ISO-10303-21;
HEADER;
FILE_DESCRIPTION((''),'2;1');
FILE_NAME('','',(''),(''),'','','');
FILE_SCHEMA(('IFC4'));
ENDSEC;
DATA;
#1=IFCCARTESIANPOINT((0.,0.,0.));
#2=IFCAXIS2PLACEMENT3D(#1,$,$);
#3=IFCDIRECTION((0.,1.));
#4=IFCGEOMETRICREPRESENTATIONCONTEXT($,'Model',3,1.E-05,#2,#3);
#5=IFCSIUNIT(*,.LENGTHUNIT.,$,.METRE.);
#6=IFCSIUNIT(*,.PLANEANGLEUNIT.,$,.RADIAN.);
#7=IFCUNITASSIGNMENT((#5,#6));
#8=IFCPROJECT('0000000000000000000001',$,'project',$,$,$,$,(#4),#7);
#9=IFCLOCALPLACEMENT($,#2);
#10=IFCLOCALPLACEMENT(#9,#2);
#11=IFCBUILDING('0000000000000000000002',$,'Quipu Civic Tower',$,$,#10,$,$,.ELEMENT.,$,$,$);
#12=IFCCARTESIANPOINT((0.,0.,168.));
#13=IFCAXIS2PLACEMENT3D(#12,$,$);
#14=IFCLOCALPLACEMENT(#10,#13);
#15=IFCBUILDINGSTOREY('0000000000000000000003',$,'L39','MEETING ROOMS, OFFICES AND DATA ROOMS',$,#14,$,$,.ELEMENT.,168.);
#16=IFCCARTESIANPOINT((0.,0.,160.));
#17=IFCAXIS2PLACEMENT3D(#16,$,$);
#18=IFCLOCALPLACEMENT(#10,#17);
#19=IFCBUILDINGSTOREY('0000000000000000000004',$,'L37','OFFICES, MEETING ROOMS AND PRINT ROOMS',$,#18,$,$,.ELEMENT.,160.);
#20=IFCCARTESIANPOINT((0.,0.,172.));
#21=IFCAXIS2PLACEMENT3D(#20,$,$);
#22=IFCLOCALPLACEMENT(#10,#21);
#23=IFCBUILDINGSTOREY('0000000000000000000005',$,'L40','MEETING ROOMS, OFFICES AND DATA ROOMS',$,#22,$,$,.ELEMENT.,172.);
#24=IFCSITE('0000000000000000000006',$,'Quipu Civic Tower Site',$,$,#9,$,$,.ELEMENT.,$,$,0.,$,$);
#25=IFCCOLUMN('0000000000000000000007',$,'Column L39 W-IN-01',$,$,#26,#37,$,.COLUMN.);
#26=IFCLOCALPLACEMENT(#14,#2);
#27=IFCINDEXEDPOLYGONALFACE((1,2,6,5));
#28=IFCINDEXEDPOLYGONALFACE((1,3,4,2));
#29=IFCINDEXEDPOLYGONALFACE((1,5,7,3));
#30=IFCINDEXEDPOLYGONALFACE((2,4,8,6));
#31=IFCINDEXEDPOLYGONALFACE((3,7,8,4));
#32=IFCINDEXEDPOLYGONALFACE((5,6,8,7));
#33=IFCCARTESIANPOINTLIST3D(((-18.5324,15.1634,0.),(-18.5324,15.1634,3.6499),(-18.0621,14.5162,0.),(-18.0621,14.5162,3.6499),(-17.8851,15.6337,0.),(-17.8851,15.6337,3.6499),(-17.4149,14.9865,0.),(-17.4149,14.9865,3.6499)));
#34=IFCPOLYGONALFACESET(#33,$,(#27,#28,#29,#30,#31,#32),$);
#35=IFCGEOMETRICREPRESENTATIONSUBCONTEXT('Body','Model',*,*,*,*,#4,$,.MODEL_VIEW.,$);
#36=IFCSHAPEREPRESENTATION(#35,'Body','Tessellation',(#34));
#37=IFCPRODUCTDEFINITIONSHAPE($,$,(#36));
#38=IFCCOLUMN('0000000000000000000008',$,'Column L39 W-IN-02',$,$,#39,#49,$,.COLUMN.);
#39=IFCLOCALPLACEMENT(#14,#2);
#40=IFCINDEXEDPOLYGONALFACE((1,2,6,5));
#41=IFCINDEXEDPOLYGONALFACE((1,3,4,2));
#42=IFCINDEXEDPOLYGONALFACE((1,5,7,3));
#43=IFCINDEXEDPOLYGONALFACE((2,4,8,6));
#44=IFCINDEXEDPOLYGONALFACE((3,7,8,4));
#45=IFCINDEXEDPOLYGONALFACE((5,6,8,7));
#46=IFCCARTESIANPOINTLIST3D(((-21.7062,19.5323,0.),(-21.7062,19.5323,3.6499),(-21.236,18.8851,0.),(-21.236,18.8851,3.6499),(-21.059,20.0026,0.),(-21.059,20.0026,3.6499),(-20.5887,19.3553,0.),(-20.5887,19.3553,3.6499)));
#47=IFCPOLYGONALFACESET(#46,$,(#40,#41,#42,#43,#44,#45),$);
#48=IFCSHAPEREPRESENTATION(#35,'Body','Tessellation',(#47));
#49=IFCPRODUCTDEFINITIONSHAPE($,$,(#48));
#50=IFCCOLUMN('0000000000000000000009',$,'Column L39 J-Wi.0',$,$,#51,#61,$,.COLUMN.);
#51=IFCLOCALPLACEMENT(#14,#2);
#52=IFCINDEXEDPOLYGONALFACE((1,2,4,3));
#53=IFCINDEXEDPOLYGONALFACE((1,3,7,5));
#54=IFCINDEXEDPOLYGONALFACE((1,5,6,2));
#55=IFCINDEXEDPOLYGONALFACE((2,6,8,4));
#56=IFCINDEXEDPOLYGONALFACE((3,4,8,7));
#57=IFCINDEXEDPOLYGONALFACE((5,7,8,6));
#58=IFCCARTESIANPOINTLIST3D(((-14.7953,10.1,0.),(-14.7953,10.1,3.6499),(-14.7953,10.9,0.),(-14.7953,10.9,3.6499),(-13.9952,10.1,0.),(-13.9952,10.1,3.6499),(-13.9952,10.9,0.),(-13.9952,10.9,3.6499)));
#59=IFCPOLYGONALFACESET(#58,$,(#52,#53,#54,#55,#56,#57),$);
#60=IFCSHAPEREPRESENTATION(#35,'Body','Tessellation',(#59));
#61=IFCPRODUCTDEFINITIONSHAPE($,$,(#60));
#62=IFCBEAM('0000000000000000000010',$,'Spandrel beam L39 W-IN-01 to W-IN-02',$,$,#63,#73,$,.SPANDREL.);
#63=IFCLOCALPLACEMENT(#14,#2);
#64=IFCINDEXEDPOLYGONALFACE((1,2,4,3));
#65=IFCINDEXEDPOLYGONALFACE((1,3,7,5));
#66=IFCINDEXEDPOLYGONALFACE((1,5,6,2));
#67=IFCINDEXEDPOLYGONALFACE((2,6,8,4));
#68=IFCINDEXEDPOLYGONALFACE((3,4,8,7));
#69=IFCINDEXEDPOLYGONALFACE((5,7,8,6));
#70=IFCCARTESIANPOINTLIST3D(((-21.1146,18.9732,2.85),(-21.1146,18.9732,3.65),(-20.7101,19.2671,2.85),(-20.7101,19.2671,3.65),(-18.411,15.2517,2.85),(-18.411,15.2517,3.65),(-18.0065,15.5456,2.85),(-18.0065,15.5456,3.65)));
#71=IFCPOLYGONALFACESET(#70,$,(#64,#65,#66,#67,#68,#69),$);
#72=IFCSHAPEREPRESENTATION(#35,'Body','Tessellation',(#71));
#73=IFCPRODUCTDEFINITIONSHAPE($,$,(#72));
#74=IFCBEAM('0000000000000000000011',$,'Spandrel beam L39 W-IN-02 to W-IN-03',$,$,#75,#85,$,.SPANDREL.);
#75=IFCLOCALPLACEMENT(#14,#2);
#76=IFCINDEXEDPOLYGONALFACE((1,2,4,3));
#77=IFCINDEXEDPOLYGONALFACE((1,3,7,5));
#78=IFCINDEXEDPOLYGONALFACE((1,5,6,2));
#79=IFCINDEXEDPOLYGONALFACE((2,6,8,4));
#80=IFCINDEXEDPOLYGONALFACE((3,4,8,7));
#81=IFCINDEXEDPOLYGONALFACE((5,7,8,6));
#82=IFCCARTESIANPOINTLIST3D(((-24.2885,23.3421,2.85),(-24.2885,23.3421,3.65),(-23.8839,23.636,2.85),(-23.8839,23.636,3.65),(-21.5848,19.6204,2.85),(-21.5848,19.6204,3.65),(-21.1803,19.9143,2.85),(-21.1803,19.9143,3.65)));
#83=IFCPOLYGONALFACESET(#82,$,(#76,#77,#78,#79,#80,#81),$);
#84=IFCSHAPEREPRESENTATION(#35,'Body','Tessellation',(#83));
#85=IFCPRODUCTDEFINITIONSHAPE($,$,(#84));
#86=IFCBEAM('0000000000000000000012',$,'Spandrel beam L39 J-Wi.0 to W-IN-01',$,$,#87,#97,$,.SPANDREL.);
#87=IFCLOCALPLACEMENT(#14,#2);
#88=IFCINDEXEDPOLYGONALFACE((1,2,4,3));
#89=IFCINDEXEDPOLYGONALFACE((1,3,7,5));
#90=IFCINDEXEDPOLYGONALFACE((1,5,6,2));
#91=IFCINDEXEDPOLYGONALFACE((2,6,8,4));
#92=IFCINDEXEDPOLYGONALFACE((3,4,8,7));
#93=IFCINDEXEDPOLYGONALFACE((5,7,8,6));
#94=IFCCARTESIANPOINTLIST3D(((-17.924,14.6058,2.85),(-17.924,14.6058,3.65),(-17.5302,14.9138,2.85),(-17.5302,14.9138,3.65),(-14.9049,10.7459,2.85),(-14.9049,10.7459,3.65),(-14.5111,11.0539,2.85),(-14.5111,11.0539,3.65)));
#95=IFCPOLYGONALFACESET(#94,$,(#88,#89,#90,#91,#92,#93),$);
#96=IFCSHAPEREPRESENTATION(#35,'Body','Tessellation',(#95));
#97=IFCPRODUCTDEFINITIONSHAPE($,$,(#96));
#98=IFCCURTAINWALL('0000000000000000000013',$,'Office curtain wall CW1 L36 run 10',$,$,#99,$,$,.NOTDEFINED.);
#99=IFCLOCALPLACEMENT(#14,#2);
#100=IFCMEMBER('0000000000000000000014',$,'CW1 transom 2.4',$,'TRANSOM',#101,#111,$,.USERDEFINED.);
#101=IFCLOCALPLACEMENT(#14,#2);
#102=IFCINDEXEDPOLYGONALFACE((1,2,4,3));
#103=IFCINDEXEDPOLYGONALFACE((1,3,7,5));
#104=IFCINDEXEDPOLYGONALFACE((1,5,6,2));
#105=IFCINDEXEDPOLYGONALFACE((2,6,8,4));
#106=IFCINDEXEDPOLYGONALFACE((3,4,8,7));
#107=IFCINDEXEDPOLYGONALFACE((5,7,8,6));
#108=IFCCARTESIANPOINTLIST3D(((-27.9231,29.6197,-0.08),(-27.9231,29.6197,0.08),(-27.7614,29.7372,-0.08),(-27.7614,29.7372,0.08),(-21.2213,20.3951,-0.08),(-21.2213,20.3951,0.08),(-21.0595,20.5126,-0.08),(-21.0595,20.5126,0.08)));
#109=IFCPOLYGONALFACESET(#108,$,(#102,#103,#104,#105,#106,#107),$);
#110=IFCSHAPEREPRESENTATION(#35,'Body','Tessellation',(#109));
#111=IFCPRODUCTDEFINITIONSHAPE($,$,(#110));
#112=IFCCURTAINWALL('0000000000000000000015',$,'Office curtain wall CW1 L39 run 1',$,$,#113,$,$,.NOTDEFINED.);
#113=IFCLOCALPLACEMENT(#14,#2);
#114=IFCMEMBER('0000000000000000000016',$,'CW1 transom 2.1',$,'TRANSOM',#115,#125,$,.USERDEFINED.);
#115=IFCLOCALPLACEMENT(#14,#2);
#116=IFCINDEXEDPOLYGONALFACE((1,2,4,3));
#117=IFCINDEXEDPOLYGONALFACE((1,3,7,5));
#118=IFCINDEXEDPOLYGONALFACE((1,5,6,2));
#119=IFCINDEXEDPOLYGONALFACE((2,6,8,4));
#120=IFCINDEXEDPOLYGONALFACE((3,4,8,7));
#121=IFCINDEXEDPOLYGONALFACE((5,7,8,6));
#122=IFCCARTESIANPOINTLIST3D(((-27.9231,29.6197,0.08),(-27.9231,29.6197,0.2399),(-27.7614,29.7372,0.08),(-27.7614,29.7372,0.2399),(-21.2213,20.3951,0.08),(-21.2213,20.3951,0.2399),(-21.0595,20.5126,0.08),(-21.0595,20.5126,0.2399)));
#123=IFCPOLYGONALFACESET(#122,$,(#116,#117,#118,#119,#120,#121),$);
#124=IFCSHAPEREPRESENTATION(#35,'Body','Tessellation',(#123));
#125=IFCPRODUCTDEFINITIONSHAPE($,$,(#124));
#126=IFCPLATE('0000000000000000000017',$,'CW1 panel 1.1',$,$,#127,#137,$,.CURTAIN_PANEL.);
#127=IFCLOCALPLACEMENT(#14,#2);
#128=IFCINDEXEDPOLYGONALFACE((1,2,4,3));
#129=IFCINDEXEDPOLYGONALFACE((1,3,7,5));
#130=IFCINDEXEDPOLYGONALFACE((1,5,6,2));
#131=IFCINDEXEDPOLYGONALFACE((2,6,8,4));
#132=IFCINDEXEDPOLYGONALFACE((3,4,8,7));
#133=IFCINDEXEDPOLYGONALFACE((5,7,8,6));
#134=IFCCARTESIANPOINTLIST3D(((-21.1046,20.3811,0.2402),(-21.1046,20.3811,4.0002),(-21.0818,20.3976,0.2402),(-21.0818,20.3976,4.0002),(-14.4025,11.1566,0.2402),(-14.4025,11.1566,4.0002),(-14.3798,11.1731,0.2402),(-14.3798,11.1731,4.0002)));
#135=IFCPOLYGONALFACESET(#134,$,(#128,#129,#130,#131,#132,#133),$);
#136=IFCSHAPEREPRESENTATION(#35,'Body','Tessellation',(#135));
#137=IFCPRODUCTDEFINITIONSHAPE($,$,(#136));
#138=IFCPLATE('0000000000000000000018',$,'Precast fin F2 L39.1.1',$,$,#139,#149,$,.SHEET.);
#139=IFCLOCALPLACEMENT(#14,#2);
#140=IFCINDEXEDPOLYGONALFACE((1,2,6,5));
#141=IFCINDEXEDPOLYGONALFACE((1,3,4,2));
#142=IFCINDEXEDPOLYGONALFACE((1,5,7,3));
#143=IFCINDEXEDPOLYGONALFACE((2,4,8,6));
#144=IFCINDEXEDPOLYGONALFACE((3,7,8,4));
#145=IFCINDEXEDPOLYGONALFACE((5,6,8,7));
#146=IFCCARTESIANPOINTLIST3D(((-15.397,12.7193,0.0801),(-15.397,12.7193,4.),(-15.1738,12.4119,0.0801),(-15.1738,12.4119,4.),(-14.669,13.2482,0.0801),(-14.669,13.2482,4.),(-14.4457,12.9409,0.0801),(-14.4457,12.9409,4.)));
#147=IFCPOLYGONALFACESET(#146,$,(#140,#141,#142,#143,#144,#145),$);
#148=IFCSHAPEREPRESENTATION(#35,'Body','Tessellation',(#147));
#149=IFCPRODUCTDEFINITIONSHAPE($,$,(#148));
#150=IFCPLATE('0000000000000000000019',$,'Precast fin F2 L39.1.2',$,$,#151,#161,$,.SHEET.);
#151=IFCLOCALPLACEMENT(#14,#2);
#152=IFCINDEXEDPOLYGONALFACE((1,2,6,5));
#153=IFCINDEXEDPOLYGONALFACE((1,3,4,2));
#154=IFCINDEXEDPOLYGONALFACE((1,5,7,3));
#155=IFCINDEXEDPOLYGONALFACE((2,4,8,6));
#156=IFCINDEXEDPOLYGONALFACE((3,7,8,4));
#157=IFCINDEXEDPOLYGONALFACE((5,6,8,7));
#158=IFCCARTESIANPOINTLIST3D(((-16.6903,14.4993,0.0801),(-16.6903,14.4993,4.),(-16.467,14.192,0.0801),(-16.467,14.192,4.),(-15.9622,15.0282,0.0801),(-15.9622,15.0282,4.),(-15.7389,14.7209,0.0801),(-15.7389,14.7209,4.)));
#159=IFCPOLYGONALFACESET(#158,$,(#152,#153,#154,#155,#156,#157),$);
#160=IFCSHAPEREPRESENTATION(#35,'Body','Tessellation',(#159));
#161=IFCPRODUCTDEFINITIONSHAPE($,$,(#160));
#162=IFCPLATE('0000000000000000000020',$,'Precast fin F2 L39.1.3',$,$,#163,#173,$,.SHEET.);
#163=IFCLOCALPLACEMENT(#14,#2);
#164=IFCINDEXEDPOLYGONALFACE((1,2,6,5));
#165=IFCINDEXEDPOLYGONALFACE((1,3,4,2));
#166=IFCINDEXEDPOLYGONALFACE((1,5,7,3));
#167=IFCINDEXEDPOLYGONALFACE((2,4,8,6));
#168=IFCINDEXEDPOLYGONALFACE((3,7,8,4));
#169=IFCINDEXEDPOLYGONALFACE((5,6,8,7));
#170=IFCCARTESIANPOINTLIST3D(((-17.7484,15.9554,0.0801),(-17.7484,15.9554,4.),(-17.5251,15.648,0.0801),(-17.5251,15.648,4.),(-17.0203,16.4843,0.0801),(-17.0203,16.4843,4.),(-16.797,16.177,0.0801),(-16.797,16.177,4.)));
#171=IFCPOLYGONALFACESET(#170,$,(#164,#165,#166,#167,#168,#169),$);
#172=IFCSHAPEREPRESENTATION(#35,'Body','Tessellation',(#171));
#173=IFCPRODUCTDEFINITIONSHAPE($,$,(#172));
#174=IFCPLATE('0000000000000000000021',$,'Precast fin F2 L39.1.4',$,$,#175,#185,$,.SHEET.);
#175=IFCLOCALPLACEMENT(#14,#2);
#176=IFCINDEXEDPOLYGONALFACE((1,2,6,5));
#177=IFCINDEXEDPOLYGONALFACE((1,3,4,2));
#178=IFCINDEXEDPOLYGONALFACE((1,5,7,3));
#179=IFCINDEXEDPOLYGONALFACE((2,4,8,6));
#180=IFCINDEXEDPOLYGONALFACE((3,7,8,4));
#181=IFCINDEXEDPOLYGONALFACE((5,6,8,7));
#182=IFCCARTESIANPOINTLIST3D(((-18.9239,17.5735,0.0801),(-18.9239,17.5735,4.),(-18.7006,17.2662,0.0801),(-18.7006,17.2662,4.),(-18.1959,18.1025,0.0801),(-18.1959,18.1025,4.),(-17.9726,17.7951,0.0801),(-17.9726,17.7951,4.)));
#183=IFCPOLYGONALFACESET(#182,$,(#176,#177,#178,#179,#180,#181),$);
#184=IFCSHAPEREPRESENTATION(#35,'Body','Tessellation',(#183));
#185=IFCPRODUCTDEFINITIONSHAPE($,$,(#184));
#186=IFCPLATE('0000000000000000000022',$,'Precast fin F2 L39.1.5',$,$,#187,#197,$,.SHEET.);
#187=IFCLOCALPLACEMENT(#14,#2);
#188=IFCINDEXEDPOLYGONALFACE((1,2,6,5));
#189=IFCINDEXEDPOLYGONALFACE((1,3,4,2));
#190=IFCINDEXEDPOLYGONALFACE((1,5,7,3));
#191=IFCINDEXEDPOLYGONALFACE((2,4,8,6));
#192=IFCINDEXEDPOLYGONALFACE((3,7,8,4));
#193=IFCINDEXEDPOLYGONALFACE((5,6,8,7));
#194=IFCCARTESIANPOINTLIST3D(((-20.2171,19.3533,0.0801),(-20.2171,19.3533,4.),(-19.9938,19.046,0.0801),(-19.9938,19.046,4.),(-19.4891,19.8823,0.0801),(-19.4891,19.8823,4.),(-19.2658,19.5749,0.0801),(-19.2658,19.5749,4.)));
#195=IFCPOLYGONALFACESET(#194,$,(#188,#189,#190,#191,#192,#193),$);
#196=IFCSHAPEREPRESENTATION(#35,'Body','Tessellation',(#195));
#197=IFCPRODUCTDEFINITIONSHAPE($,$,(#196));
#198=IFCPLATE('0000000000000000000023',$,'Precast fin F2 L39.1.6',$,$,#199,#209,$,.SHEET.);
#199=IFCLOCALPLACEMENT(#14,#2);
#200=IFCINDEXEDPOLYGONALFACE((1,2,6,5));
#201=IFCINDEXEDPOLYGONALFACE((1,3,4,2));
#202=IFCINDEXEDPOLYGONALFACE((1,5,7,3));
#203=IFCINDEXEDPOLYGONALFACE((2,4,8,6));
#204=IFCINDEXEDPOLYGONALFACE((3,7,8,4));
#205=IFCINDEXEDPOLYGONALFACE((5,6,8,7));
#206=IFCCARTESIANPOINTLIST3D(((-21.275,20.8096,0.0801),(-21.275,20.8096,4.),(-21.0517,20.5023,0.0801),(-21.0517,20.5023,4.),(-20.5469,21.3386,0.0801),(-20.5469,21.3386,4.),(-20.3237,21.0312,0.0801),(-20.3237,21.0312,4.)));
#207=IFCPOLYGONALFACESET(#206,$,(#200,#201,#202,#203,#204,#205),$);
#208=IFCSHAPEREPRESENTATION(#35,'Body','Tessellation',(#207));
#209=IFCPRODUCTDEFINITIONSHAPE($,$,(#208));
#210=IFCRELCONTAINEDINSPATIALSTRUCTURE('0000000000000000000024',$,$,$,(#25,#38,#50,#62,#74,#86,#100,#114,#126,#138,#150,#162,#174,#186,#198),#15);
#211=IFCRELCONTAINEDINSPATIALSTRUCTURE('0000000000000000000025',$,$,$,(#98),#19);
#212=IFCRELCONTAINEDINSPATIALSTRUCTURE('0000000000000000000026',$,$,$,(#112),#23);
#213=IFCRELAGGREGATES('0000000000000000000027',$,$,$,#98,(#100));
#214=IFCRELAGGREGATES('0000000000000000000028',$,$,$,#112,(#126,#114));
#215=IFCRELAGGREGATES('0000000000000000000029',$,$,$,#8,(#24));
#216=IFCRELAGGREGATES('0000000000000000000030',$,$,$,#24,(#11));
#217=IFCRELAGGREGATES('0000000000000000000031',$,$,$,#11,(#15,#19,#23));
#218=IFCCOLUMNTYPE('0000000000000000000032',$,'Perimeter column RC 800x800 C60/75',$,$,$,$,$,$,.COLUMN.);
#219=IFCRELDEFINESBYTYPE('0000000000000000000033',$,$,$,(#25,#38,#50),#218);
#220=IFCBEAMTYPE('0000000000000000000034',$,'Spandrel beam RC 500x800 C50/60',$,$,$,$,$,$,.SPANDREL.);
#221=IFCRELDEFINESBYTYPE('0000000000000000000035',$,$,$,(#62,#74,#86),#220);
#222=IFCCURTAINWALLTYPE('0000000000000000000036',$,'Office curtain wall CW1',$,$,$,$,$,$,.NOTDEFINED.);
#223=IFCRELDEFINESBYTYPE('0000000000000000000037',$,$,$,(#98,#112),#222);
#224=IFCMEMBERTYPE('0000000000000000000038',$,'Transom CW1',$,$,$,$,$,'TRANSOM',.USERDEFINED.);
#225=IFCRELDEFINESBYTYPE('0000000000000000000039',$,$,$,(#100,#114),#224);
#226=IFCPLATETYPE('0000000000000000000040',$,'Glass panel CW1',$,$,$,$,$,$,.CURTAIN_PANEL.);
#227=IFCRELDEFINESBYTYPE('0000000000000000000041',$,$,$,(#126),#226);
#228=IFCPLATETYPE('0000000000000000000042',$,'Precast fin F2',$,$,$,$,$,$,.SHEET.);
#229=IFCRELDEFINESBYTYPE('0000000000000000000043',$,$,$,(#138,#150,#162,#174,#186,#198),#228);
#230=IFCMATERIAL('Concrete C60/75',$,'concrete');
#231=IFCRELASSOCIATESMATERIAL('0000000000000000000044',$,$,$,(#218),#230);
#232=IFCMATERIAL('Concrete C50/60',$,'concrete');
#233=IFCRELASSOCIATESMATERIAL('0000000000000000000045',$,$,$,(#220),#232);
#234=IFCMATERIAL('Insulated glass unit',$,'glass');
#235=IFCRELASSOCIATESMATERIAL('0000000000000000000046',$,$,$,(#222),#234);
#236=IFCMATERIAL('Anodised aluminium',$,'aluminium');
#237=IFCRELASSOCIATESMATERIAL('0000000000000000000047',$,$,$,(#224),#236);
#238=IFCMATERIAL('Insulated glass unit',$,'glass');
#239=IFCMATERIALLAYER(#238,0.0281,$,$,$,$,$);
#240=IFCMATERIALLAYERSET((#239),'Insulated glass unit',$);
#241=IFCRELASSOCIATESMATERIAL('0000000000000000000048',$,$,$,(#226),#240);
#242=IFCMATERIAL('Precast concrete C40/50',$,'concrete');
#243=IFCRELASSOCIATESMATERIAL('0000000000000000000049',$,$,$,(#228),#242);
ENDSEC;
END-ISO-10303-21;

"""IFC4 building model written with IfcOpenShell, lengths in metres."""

from ifc_helpers import new_model, si_unit, direction, frame, origin, origin_2d, place, context, subcontext, project, spatial, rectangle, extrude, material, layer, layer_set, material_profile, profile_set, type_object, element, aggregate, save


model = new_model("IFC4")

# Units and contexts
model_context = context("Model", 3, precision=1e-05, world=origin(), true_north=direction((0.0, 1.0)))
body_context = subcontext(model_context, "Body", "Model", "MODEL_VIEW")
ifc_project = project(units=[si_unit("LENGTHUNIT", "METRE"), si_unit("PLANEANGLEUNIT", "RADIAN")], contexts=[model_context])

# Site, building, storey
site_placement = place(None, origin())
site = spatial("IfcSite", under=ifc_project, at=site_placement, Name="Quipu Civic Tower Site", CompositionType="ELEMENT", RefElevation=0.0)
building_placement = place(site_placement, origin())
building = spatial("IfcBuilding", under=site, at=building_placement, Name="Quipu Civic Tower", CompositionType="ELEMENT")
storey_1_placement = place(building_placement, frame((0.0, 0.0, 168.0)))
storey_1 = spatial("IfcBuildingStorey", under=building, at=storey_1_placement, Name="L39", Description="MEETING ROOMS, OFFICES AND DATA ROOMS", CompositionType="ELEMENT", Elevation=168.0)

# Columns
ifc_material_1 = material(Name="Concrete C60/75", Category="concrete")
ifc_material_profile_1 = material_profile(ifc_material_1, rectangle(XDim=0.8, YDim=0.8, at=origin_2d()), Name="RC800x800")
ifc_profile_set_1 = profile_set([ifc_material_profile_1], Name="Concrete C60/75")
column_type = type_object("IfcColumnType", Name="Perimeter column RC 800x800 C60/75", PredefinedType="COLUMN", material=ifc_profile_set_1)
for number, where, z_axis, x_axis, name in (
    (1, (-17.9736, 15.075, 0.0), (0.0, 0.0, 1.0), (-0.587785, 0.809017, 0.0), "Column L39 W-IN-01"),
    (2, (-21.1475, 19.4438, 0.0), (0.0, 0.0, 1.0), (-0.587785, 0.809017, 0.0), "Column L39 W-IN-02"),
    (3, (-14.3953, 10.5, 0.0), (0.0, 0.0, 1.0), (-1.0, 0.0, 0.0), "Column L39 J-Wi.0"),
):
    element("IfcColumn", number, at=place(storey_1_placement, frame(where, z_axis=z_axis, x_axis=x_axis)), inside=storey_1, type_object=column_type, Name=name, PredefinedType="COLUMN", context=body_context, shape_type="SweptSolid", body=[
        extrude(rectangle(XDim=0.8, YDim=0.8, at=origin_2d()), origin(), (0.0, 0.0, 1.0), 3.6499),
    ])

# Beams
ifc_material_2 = material(Name="Concrete C50/60", Category="concrete")
ifc_material_profile_2 = material_profile(ifc_material_2, rectangle(XDim=0.5, YDim=0.8, at=origin_2d()), Name="RC500x800")
ifc_profile_set_2 = profile_set([ifc_material_profile_2], Name="Concrete C50/60")
beam_type = type_object("IfcBeamType", Name="Spandrel beam RC 500x800 C50/60", PredefinedType="SPANDREL", material=ifc_profile_set_2)
beam_1_placement = place(storey_1_placement, frame((-18.2087, 15.3987, 3.25), z_axis=(-0.587761, 0.809034, 0.0), x_axis=(-0.809034, -0.587761, 0.0)))
element("IfcBeam", 4, at=beam_1_placement, inside=storey_1, type_object=beam_type, Name="Spandrel beam L39 W-IN-01 to W-IN-02", PredefinedType="SPANDREL", context=body_context, shape_type="SweptSolid", body=[
    extrude(rectangle(XDim=0.5, YDim=0.8, at=origin_2d()), origin(), (0.0, 0.0, 1.0), 4.5999),
])
beam_2_placement = place(storey_1_placement, frame((-21.3826, 19.7673, 3.25), z_axis=(-0.587736, 0.809053, 0.0), x_axis=(-0.809053, -0.587736, 0.0)))
element("IfcBeam", 5, at=beam_2_placement, inside=storey_1, type_object=beam_type, Name="Spandrel beam L39 W-IN-02 to W-IN-03", PredefinedType="SPANDREL", context=body_context, shape_type="SweptSolid", body=[
    extrude(rectangle(XDim=0.5, YDim=0.8, at=origin_2d()), origin(), (0.0, 0.0, 1.0), 4.6001),
])
beam_3_placement = place(storey_1_placement, frame((-14.708, 10.8999, 3.25), z_axis=(-0.616091, 0.787675, 0.0), x_axis=(-0.787675, -0.616091, 0.0)))
element("IfcBeam", 6, at=beam_3_placement, inside=storey_1, type_object=beam_type, Name="Spandrel beam L39 J-Wi.0 to W-IN-01", PredefinedType="SPANDREL", context=body_context, shape_type="SweptSolid", body=[
    extrude(rectangle(XDim=0.5, YDim=0.8, at=origin_2d()), origin(), (0.0, 0.0, 1.0), 4.9004),
])

# Shared definitions
storey_2_placement = place(building_placement, frame((0.0, 0.0, 160.0)))
storey_2 = spatial("IfcBuildingStorey", under=building, at=storey_2_placement, Name="L37", Description="OFFICES, MEETING ROOMS AND PRINT ROOMS", CompositionType="ELEMENT", Elevation=160.0)

# Curtain wall, member
ifc_material_3 = material(Name="Insulated glass unit", Category="glass")
curtain_wall_type = type_object("IfcCurtainWallType", Name="Office curtain wall CW1", PredefinedType="NOTDEFINED", material=ifc_material_3)
curtain_wall_1_placement = place(storey_2_placement, origin())
curtain_wall_1 = element("IfcCurtainWall", 7, at=curtain_wall_1_placement, inside=storey_2, type_object=curtain_wall_type, Name="Office curtain wall CW1 L36 run 10", PredefinedType="NOTDEFINED")
ifc_material_4 = material(Name="Anodised aluminium", Category="aluminium")
ifc_material_profile_3 = material_profile(ifc_material_4, rectangle(XDim=0.2, YDim=0.1599, at=origin_2d()), Name="RECT 200x160")
ifc_profile_set_3 = profile_set([ifc_material_profile_3], Name="Anodised aluminium")
member_type = type_object("IfcMemberType", Name="Transom CW1", ElementType="TRANSOM", PredefinedType="USERDEFINED", material=ifc_profile_set_3)
member_1_placement = place(storey_1_placement, frame((-21.1404, 20.4539, 0.0), z_axis=(-0.587776, 0.809024, 0.0), x_axis=(-0.809024, -0.587776, 0.0)))
member_1 = element("IfcMember", 8, at=member_1_placement, inside=storey_1, type_object=member_type, Name="CW1 transom 2.4", ObjectType="TRANSOM", PredefinedType="USERDEFINED", context=body_context, shape_type="SweptSolid", body=[
    extrude(rectangle(XDim=0.2, YDim=0.1599, at=origin_2d()), origin(), (0.0, 0.0, 1.0), 11.4021),
])
aggregate(curtain_wall_1, [member_1])

# Shared definitions
storey_3_placement = place(building_placement, frame((0.0, 0.0, 172.0)))
storey_3 = spatial("IfcBuildingStorey", under=building, at=storey_3_placement, Name="L40", Description="MEETING ROOMS, OFFICES AND DATA ROOMS", CompositionType="ELEMENT", Elevation=172.0)

# Curtain wall, member, plate
curtain_wall_2_placement = place(storey_3_placement, origin())
curtain_wall_2 = element("IfcCurtainWall", 9, at=curtain_wall_2_placement, inside=storey_3, type_object=curtain_wall_type, Name="Office curtain wall CW1 L39 run 1", PredefinedType="NOTDEFINED")
member_2_placement = place(storey_1_placement, frame((-21.1404, 20.4539, 0.1599), z_axis=(-0.587776, 0.809024, 0.0), x_axis=(-0.809024, -0.587776, 0.0)))
member_2 = element("IfcMember", 10, at=member_2_placement, inside=storey_1, type_object=member_type, Name="CW1 transom 2.1", ObjectType="TRANSOM", PredefinedType="USERDEFINED", context=body_context, shape_type="SweptSolid", body=[
    extrude(rectangle(XDim=0.2, YDim=0.1599, at=origin_2d()), origin(), (0.0, 0.0, 1.0), 11.4021),
])
ifc_material_5 = material(Name="Insulated glass unit", Category="glass")
ifc_layer_1 = layer(ifc_material_5, 0.0281)
ifc_layer_set_1 = layer_set([ifc_layer_1], Name="Insulated glass unit")
plate_type_1 = type_object("IfcPlateType", Name="Glass panel CW1", PredefinedType="CURTAIN_PANEL", material=ifc_layer_set_1)
plate_placement = place(storey_1_placement, frame((-17.7422, 15.7771, 0.2402), z_axis=(0.0, 0.0, 1.0), x_axis=(-0.587789, 0.809014, 0.0)))
plate = element("IfcPlate", 11, at=plate_placement, inside=storey_1, type_object=plate_type_1, Name="CW1 panel 1.1", PredefinedType="CURTAIN_PANEL", context=body_context, shape_type="SweptSolid", body=[
    extrude(rectangle(XDim=11.4021, YDim=0.0281, at=origin_2d()), origin(), (0.0, 0.0, 1.0), 3.76),
])
aggregate(curtain_wall_2, [plate, member_2])

# Plates
ifc_material_6 = material(Name="Precast concrete C40/50", Category="concrete")
plate_type_2 = type_object("IfcPlateType", Name="Precast fin F2", PredefinedType="SHEET", material=ifc_material_6)
for number, where, z_axis, x_axis, name in (
    (12, (-14.9214, 12.8301, 0.0801), (0.0, 0.0, 1.0), (-0.587787, 0.809016, 0.0), "Precast fin F2 L39.1.1"),
    (13, (-16.2146, 14.6101, 0.0801), (0.0, 0.0, 1.0), (-0.587787, 0.809016, 0.0), "Precast fin F2 L39.1.2"),
    (14, (-17.2727, 16.0662, 0.0801), (0.0, 0.0, 1.0), (-0.587787, 0.809016, 0.0), "Precast fin F2 L39.1.3"),
    (15, (-18.4482, 17.6843, 0.0801), (0.0, 0.0, 1.0), (-0.587787, 0.809016, 0.0), "Precast fin F2 L39.1.4"),
    (16, (-19.7415, 19.4641, 0.0801), (0.0, 0.0, 1.0), (-0.587787, 0.809016, 0.0), "Precast fin F2 L39.1.5"),
    (17, (-20.7993, 20.9204, 0.0801), (0.0, 0.0, 1.0), (-0.587787, 0.809016, 0.0), "Precast fin F2 L39.1.6"),
):
    element("IfcPlate", number, at=place(storey_1_placement, frame(where, z_axis=z_axis, x_axis=x_axis)), inside=storey_1, type_object=plate_type_2, Name=name, PredefinedType="SHEET", context=body_context, shape_type="SweptSolid", body=[
        extrude(rectangle(XDim=0.3799, YDim=0.8999, at=origin_2d()), origin(), (0.0, 0.0, 1.0), 3.9199),
    ])

save(model, "model.ifc")
